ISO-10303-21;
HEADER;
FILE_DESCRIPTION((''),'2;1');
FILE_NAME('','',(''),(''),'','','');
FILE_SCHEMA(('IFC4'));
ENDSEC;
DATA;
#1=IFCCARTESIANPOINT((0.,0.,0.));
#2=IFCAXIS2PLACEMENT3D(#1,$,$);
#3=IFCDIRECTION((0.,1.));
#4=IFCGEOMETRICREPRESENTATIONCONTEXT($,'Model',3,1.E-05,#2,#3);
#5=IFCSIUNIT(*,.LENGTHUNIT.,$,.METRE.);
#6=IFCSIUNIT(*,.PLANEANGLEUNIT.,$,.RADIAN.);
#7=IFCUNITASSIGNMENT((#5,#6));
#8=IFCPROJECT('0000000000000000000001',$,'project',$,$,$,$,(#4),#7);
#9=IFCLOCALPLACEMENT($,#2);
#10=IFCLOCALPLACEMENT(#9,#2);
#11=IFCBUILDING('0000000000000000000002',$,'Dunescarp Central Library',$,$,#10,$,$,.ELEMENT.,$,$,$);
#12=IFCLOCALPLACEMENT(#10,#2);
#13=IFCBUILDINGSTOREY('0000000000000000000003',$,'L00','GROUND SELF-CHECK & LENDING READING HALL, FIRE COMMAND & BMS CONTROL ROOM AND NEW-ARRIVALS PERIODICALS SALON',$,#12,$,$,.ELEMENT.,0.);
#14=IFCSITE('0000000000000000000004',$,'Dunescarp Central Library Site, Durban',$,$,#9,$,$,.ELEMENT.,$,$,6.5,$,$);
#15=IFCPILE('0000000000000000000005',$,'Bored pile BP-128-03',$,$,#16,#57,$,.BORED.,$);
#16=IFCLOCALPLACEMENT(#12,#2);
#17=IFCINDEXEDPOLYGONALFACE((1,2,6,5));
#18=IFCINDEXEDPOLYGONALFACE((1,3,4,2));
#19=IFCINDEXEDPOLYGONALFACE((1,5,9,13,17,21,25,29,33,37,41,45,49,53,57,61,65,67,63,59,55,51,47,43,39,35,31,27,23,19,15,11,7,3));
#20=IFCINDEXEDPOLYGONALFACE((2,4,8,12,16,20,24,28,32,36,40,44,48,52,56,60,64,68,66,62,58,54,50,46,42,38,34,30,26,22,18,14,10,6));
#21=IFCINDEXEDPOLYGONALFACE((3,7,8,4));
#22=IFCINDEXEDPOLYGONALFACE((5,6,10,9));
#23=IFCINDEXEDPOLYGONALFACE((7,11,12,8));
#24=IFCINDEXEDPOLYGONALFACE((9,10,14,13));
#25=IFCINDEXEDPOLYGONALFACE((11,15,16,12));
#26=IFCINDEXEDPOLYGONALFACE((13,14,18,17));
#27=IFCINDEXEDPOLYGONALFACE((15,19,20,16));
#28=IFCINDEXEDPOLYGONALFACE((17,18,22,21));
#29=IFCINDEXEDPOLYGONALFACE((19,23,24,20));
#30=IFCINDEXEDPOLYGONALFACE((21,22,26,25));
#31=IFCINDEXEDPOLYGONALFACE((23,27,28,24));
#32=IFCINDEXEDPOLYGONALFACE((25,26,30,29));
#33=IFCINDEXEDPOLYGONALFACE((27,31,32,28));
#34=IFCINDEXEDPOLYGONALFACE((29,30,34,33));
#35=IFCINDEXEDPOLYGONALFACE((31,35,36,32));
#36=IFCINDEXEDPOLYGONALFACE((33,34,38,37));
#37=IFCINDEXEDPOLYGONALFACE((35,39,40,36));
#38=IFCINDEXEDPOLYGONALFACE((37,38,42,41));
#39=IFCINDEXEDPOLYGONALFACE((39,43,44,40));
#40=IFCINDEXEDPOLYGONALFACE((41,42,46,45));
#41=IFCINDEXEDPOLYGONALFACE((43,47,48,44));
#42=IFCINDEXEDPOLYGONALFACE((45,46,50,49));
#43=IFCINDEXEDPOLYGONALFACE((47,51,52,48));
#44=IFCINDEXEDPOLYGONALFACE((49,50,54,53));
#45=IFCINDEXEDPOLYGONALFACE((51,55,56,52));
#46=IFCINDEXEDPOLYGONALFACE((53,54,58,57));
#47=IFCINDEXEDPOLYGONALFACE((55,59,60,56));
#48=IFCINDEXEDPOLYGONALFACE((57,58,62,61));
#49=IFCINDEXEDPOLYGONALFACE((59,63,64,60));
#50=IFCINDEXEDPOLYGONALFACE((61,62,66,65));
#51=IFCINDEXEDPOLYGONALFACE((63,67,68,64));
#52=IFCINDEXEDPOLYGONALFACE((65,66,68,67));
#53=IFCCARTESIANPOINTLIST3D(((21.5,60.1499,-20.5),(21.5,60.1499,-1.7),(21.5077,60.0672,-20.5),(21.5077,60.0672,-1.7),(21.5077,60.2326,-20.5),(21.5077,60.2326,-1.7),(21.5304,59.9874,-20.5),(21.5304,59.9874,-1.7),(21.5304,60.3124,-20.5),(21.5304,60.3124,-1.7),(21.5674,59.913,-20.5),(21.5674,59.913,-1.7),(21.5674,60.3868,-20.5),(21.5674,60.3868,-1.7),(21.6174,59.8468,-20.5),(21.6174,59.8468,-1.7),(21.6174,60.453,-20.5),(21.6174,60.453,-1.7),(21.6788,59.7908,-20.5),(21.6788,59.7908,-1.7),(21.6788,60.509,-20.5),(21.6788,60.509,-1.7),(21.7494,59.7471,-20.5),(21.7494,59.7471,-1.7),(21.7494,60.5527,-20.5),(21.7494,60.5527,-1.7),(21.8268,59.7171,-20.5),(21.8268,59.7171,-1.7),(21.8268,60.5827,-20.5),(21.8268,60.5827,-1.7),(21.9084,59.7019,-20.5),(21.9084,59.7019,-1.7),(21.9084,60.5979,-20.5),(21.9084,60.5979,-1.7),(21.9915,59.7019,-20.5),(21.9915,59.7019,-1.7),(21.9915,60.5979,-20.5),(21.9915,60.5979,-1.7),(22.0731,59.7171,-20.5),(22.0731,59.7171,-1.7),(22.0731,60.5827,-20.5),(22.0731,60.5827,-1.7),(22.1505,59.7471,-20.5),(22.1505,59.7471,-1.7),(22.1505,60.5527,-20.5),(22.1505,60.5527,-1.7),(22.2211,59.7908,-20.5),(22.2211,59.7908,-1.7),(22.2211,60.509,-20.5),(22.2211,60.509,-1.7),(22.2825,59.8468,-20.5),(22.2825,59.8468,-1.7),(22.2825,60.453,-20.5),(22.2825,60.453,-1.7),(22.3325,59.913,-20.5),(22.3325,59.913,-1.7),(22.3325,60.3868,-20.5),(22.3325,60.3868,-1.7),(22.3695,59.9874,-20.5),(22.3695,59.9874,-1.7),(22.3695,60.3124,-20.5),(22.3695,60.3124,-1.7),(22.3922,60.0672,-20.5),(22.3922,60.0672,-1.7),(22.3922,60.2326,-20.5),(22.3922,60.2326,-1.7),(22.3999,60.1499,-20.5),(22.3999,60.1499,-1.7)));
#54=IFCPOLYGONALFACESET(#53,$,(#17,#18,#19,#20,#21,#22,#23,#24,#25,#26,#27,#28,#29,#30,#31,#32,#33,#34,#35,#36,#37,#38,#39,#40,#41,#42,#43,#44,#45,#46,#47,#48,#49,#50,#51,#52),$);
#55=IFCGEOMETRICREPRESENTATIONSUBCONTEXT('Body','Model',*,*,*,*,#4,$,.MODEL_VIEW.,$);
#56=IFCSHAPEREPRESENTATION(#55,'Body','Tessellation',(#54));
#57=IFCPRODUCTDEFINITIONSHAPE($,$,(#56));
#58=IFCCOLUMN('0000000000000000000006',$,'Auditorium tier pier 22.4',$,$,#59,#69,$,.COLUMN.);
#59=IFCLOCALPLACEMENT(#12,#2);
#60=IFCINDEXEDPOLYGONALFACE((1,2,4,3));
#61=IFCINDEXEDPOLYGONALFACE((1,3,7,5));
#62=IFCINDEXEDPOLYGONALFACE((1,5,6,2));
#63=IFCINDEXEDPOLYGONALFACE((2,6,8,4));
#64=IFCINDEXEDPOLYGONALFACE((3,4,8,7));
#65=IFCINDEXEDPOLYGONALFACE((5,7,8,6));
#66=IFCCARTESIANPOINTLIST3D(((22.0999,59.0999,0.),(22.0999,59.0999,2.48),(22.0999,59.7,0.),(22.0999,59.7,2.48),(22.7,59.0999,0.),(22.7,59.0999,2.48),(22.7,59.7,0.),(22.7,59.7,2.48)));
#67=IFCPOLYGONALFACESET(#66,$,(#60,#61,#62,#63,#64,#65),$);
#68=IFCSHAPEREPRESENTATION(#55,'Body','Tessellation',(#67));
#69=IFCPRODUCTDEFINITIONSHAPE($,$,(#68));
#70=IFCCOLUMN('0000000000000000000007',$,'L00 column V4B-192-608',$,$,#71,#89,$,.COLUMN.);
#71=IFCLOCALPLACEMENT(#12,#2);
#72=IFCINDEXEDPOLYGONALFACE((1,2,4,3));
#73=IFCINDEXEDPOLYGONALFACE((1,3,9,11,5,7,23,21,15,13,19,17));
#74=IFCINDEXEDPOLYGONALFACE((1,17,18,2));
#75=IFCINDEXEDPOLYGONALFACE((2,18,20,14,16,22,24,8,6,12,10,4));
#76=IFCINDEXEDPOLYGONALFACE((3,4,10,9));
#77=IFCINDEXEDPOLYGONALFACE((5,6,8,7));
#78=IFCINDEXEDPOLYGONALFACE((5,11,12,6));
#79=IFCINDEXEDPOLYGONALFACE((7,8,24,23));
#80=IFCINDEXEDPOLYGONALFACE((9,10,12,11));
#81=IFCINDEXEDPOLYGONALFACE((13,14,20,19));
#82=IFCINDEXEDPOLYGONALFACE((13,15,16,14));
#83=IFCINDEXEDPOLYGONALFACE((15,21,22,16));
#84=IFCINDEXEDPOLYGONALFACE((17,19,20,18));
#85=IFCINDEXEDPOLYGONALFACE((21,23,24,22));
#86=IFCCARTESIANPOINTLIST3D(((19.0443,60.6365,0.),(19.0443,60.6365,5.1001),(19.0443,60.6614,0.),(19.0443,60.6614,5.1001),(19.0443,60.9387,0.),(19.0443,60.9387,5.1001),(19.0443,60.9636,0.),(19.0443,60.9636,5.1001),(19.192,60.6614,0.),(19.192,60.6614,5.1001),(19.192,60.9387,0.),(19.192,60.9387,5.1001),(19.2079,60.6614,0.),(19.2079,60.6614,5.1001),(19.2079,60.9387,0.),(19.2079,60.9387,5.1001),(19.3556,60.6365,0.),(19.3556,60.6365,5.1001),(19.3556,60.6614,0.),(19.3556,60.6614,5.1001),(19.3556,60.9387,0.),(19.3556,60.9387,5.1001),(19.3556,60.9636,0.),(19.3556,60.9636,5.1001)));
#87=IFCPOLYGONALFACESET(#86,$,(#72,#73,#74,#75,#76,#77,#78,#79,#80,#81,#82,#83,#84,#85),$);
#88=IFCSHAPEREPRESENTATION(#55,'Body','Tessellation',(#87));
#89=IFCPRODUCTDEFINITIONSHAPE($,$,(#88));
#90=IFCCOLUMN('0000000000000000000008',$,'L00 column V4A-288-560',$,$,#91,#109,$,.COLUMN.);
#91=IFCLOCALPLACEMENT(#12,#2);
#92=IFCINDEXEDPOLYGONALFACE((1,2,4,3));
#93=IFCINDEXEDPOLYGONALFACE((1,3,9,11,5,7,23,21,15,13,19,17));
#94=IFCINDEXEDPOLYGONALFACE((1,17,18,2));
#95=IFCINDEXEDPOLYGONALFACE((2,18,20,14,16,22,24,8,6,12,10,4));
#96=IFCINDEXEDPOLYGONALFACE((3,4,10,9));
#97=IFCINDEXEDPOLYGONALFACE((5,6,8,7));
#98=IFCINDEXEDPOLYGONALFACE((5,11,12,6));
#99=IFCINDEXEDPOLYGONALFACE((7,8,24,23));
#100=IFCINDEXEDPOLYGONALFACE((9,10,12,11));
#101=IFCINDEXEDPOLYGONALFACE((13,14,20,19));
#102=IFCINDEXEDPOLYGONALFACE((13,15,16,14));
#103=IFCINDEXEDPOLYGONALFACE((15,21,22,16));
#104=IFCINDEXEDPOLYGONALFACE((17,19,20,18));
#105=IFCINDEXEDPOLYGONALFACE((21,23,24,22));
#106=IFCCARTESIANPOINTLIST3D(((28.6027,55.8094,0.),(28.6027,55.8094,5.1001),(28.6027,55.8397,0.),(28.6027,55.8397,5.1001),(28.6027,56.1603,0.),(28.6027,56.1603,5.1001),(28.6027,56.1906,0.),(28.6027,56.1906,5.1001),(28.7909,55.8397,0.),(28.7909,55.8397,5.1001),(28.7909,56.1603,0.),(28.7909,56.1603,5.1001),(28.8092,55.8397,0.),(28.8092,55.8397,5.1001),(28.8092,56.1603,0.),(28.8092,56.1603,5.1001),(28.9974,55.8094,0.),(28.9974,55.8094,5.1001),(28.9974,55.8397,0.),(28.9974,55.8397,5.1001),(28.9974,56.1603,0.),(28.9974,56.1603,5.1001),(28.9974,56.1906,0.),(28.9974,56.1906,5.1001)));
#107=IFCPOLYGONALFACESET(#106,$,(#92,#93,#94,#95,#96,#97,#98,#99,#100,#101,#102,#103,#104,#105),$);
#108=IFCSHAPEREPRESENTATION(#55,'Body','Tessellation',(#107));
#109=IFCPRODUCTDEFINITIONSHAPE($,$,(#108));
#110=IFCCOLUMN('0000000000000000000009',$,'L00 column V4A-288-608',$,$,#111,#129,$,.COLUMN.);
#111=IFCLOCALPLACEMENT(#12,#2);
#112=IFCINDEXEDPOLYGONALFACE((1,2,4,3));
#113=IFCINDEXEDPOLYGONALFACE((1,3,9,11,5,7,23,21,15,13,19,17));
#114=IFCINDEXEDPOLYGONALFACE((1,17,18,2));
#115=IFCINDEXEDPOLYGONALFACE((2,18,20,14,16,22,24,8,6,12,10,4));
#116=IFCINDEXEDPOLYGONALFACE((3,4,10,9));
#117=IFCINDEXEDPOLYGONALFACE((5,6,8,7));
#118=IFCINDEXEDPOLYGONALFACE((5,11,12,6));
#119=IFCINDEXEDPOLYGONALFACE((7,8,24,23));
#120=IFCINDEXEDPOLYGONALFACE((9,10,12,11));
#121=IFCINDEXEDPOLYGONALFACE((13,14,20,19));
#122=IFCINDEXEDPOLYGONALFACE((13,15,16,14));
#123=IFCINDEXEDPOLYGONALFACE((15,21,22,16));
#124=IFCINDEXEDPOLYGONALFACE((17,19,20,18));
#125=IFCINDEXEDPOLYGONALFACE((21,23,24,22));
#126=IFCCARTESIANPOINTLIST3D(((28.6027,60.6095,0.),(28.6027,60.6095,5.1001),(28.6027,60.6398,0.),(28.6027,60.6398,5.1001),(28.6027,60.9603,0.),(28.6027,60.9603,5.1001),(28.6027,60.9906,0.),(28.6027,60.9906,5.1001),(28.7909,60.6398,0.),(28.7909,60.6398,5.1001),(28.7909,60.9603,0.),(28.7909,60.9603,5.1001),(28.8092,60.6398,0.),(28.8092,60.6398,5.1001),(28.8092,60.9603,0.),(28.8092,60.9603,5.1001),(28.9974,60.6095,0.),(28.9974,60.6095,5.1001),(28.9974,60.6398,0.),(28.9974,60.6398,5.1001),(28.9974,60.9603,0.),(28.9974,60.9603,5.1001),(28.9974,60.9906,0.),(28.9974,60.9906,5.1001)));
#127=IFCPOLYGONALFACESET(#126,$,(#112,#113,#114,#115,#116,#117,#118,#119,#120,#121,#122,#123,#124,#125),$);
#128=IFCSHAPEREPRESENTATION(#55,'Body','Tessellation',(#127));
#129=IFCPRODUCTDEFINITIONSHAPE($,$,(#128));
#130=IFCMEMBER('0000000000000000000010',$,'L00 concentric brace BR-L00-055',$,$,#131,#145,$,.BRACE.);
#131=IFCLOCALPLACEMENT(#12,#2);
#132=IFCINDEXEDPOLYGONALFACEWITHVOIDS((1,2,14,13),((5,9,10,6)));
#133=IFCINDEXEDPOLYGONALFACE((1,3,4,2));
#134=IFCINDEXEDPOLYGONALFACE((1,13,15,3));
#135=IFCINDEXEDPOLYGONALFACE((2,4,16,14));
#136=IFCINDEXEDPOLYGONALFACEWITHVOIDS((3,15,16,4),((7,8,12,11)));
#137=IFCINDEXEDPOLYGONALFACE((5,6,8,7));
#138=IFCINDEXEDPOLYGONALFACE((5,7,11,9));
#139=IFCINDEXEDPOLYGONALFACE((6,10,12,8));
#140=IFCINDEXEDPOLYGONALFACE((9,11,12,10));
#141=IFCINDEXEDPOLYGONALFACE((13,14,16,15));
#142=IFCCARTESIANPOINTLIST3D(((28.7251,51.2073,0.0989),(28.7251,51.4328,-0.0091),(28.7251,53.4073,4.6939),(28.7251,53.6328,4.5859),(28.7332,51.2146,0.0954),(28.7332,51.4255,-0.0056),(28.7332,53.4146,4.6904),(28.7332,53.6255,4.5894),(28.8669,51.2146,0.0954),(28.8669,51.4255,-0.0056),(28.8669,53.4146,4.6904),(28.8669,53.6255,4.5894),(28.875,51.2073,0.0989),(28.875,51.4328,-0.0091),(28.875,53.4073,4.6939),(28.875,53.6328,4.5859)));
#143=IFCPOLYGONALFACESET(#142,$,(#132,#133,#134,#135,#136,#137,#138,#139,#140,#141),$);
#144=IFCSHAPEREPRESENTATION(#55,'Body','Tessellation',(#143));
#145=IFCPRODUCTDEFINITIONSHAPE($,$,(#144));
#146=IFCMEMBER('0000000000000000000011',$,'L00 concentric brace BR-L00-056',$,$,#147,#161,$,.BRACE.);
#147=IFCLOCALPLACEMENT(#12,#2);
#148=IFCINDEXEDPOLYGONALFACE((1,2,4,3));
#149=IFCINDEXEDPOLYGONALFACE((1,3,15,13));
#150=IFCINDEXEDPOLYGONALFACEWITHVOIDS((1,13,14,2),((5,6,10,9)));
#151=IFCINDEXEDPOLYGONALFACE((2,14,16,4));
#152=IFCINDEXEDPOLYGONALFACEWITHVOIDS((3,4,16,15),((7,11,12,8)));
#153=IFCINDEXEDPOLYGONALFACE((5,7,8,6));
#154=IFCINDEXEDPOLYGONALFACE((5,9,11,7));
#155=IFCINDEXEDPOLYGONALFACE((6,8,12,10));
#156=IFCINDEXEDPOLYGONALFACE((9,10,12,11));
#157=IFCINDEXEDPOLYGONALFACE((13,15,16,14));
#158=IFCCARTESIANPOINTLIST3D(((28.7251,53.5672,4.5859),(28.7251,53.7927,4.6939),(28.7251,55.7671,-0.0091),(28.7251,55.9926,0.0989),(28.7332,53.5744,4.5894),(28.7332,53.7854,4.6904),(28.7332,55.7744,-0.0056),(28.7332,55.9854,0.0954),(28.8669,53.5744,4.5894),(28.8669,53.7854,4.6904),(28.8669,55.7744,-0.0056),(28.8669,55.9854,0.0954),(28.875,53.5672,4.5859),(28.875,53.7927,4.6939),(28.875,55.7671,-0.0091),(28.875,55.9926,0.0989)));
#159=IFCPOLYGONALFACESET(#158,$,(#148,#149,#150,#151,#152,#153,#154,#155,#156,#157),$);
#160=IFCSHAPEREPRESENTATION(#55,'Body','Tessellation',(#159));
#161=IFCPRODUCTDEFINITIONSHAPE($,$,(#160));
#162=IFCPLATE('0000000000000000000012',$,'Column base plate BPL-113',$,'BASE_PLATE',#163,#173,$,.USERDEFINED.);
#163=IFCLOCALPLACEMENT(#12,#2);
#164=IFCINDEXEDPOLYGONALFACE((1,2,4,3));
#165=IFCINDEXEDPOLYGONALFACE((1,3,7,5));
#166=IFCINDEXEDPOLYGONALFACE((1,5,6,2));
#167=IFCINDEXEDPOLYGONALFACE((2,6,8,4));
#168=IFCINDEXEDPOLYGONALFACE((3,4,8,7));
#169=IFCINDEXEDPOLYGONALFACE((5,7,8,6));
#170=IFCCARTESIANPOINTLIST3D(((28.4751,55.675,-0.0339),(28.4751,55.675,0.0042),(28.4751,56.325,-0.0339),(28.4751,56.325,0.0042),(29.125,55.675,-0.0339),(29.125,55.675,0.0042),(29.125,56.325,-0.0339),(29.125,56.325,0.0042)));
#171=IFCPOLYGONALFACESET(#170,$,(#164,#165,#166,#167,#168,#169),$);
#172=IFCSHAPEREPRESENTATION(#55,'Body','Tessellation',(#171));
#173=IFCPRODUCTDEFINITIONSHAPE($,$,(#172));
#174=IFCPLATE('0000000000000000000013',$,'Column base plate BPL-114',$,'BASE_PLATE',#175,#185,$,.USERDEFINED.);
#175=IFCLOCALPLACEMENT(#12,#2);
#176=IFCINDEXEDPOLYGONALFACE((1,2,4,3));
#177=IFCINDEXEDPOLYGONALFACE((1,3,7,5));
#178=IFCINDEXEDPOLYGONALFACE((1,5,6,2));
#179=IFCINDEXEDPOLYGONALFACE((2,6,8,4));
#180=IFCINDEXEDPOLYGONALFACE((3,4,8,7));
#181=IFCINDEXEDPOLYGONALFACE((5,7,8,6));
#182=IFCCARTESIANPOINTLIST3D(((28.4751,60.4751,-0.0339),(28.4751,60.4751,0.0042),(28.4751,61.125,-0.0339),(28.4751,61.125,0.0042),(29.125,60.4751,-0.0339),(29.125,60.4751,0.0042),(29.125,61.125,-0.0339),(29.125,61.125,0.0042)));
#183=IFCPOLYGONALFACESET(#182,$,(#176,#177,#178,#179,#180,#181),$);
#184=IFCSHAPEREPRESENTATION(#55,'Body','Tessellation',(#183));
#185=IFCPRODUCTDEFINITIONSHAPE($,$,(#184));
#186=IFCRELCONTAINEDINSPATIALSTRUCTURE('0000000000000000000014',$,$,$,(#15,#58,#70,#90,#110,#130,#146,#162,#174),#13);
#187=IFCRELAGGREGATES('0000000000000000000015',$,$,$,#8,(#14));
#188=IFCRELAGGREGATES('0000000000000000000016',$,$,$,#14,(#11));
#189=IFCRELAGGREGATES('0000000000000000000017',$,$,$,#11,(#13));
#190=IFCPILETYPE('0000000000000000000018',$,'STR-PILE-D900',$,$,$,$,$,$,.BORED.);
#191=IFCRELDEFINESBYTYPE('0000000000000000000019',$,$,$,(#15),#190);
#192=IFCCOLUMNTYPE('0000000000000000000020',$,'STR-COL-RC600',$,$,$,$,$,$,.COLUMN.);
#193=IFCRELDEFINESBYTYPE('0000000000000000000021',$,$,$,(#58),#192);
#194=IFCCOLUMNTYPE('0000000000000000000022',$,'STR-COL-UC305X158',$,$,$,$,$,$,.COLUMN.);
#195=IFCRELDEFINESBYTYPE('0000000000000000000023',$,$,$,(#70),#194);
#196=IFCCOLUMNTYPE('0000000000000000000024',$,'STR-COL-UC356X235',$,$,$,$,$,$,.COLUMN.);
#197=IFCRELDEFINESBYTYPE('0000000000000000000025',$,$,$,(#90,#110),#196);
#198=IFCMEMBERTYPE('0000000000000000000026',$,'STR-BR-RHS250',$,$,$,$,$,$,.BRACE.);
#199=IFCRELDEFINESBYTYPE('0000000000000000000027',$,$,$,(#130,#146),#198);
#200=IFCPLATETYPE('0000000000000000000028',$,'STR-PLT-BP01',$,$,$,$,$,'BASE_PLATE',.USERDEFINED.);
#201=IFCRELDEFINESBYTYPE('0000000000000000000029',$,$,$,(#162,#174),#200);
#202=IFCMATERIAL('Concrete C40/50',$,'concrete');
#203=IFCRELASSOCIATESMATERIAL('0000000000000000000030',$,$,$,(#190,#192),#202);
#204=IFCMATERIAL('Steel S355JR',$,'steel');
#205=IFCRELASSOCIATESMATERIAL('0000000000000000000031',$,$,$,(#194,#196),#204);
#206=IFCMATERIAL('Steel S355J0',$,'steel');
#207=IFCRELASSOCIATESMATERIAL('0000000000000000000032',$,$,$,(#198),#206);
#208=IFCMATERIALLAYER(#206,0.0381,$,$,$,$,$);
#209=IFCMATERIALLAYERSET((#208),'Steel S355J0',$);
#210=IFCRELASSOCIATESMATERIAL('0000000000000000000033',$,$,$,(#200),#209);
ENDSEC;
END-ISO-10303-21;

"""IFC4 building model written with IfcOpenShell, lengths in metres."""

from ifc_helpers import new_model, si_unit, direction, frame, origin, origin_2d, place, context, subcontext, project, spatial, rectangle, hollow_rectangle, circle, i_section, extrude, material, layer, layer_set, material_profile, profile_set, type_object, element, save


model = new_model("IFC4")

# Units and contexts
model_context = context("Model", 3, precision=1e-05, world=origin(), true_north=direction((0.0, 1.0)))
body_context = subcontext(model_context, "Body", "Model", "MODEL_VIEW")
ifc_project = project(units=[si_unit("LENGTHUNIT", "METRE"), si_unit("PLANEANGLEUNIT", "RADIAN")], contexts=[model_context])

# Site, building, storey
site_placement = place(None, origin())
site = spatial("IfcSite", under=ifc_project, at=site_placement, Name="Dunescarp Central Library Site, Durban", CompositionType="ELEMENT", RefElevation=6.5)
building_placement = place(site_placement, origin())
building = spatial("IfcBuilding", under=site, at=building_placement, Name="Dunescarp Central Library", CompositionType="ELEMENT")
storey_placement = place(building_placement, origin())
storey = spatial("IfcBuildingStorey", under=building, at=storey_placement, Name="L00", Description="GROUND SELF-CHECK & LENDING READING HALL, FIRE COMMAND & BMS CONTROL ROOM AND NEW-ARRIVALS PERIODICALS SALON", CompositionType="ELEMENT", Elevation=0.0)

# Shared definitions
ifc_material_1 = material(Name="Concrete C40/50", Category="concrete")

# Pile
ifc_material_profile_1 = material_profile(ifc_material_1, circle(Radius=0.45, at=origin_2d()), Name="PILE D900")
ifc_profile_set_1 = profile_set([ifc_material_profile_1], Name="Concrete C40/50")
pile_type_1 = type_object("IfcPileType", Name="STR-PILE-D900", PredefinedType="BORED", material=ifc_profile_set_1)
for number, where, z_axis, x_axis, name in (
    (1, (21.95, 60.1499, -1.7), (0.0, 0.0, -1.0), (1.0, 0.0, 0.0), "Bored pile BP-128-03"),
):
    element("IfcPile", number, at=place(storey_placement, frame(where, z_axis=z_axis, x_axis=x_axis)), inside=storey, type_object=pile_type_1, Name=name, PredefinedType="BORED", context=body_context, shape_type="SweptSolid", body=[
        extrude(circle(Radius=0.45, at=origin_2d()), origin(), (0.0, 0.0, 1.0), 18.8),
    ])

# Columns
ifc_material_profile_2 = material_profile(ifc_material_1, rectangle(XDim=0.6001, YDim=0.6001, at=origin_2d()), Name="RC 600x600")
ifc_profile_set_2 = profile_set([ifc_material_profile_2], Name="Concrete C40/50")
column_type_1 = type_object("IfcColumnType", Name="STR-COL-RC600", PredefinedType="COLUMN", material=ifc_profile_set_2)
column_1_placement = place(storey_placement, frame((22.3999, 59.3999, 0.0), z_axis=(0.0, 0.0, 1.0), x_axis=(1.0, 0.0, 0.0)))
element("IfcColumn", 2, at=column_1_placement, inside=storey, type_object=column_type_1, Name="Auditorium tier pier 22.4", PredefinedType="COLUMN", context=body_context, shape_type="SweptSolid", body=[
    extrude(rectangle(XDim=0.6001, YDim=0.6001, at=origin_2d()), origin(), (0.0, 0.0, 1.0), 2.48),
])
ifc_material_2 = material(Name="Steel S355JR", Category="steel")
ifc_material_profile_3 = material_profile(ifc_material_2, i_section(OverallWidth=0.3113, OverallDepth=0.3271, WebThickness=0.0159, FlangeThickness=0.0249, at=origin_2d()), Name="UC 305x305x158")
ifc_profile_set_3 = profile_set([ifc_material_profile_3], Name="Steel S355JR")
column_type_2 = type_object("IfcColumnType", Name="STR-COL-UC305X158", PredefinedType="COLUMN", material=ifc_profile_set_3)
column_2_placement = place(storey_placement, frame((19.2, 60.8, 0.0), z_axis=(0.0, 0.0, 1.0), x_axis=(1.0, 0.0, 0.0)))
element("IfcColumn", 3, at=column_2_placement, inside=storey, type_object=column_type_2, Name="L00 column V4B-192-608", PredefinedType="COLUMN", context=body_context, shape_type="SweptSolid", body=[
    extrude(i_section(OverallWidth=0.3113, OverallDepth=0.3271, WebThickness=0.0159, FlangeThickness=0.0249, at=origin_2d()), origin(), (0.0, 0.0, 1.0), 5.1001),
])
ifc_material_profile_4 = material_profile(ifc_material_2, i_section(OverallWidth=0.3948, OverallDepth=0.3811, WebThickness=0.0183, FlangeThickness=0.0303, at=origin_2d()), Name="UC 356x406x235")
ifc_profile_set_4 = profile_set([ifc_material_profile_4], Name="Steel S355JR")
column_type_3 = type_object("IfcColumnType", Name="STR-COL-UC356X235", PredefinedType="COLUMN", material=ifc_profile_set_4)
for number, where, z_axis, x_axis, name in (
    (4, (28.8, 56.0, 0.0), (0.0, 0.0, 1.0), (1.0, 0.0, 0.0), "L00 column V4A-288-560"),
    (5, (28.8, 60.8, 0.0), (0.0, 0.0, 1.0), (1.0, 0.0, 0.0), "L00 column V4A-288-608"),
):
    element("IfcColumn", number, at=place(storey_placement, frame(where, z_axis=z_axis, x_axis=x_axis)), inside=storey, type_object=column_type_3, Name=name, PredefinedType="COLUMN", context=body_context, shape_type="SweptSolid", body=[
        extrude(i_section(OverallWidth=0.3948, OverallDepth=0.3811, WebThickness=0.0183, FlangeThickness=0.0303, at=origin_2d()), origin(), (0.0, 0.0, 1.0), 5.1001),
    ])

# Members
ifc_material_3 = material(Name="Steel S355J0", Category="steel")
ifc_material_profile_5 = material_profile(ifc_material_3, hollow_rectangle(XDim=0.1499, YDim=0.25, WallThickness=0.0081, at=origin_2d()), Name="RHS 250x150x8")
ifc_profile_set_5 = profile_set([ifc_material_profile_5], Name="Steel S355J0")
member_type = type_object("IfcMemberType", Name="STR-BR-RHS250", PredefinedType="BRACE", material=ifc_profile_set_5)
for number, where, z_axis, x_axis, name in (
    (6, (28.8, 51.3201, 0.0449), (0.0, 0.431832, 0.901954), (-1.0, 0.0, 0.0), "L00 concentric brace BR-L00-055"),
    (7, (28.8, 55.8799, 0.0449), (0.0, -0.431832, 0.901954), (1.0, 0.0, 0.0), "L00 concentric brace BR-L00-056"),
):
    element("IfcMember", number, at=place(storey_placement, frame(where, z_axis=z_axis, x_axis=x_axis)), inside=storey, type_object=member_type, Name=name, PredefinedType="BRACE", context=body_context, shape_type="SweptSolid", body=[
        extrude(hollow_rectangle(XDim=0.1499, YDim=0.25, WallThickness=0.0081, at=origin_2d()), origin(), (0.0, 0.0, 1.0), 5.0945),
    ])

# Plates
ifc_layer_1 = layer(ifc_material_3, 0.0381)
ifc_layer_set_1 = layer_set([ifc_layer_1], Name="Steel S355J0")
plate_type_1 = type_object("IfcPlateType", Name="STR-PLT-BP01", ElementType="BASE_PLATE", PredefinedType="USERDEFINED", material=ifc_layer_set_1)
for number, where, z_axis, x_axis, name in (
    (8, (28.8, 56.0, -0.0339), (0.0, 0.0, 1.0), (1.0, 0.0, 0.0), "Column base plate BPL-113"),
    (9, (28.8, 60.8, -0.0339), (0.0, 0.0, 1.0), (1.0, 0.0, 0.0), "Column base plate BPL-114"),
):
    element("IfcPlate", number, at=place(storey_placement, frame(where, z_axis=z_axis, x_axis=x_axis)), inside=storey, type_object=plate_type_1, Name=name, ObjectType="BASE_PLATE", PredefinedType="USERDEFINED", context=body_context, shape_type="SweptSolid", body=[
        extrude(rectangle(XDim=0.6499, YDim=0.6499, at=origin_2d()), origin(), (0.0, 0.0, 1.0), 0.0381),
    ])

save(model, "model.ifc")
